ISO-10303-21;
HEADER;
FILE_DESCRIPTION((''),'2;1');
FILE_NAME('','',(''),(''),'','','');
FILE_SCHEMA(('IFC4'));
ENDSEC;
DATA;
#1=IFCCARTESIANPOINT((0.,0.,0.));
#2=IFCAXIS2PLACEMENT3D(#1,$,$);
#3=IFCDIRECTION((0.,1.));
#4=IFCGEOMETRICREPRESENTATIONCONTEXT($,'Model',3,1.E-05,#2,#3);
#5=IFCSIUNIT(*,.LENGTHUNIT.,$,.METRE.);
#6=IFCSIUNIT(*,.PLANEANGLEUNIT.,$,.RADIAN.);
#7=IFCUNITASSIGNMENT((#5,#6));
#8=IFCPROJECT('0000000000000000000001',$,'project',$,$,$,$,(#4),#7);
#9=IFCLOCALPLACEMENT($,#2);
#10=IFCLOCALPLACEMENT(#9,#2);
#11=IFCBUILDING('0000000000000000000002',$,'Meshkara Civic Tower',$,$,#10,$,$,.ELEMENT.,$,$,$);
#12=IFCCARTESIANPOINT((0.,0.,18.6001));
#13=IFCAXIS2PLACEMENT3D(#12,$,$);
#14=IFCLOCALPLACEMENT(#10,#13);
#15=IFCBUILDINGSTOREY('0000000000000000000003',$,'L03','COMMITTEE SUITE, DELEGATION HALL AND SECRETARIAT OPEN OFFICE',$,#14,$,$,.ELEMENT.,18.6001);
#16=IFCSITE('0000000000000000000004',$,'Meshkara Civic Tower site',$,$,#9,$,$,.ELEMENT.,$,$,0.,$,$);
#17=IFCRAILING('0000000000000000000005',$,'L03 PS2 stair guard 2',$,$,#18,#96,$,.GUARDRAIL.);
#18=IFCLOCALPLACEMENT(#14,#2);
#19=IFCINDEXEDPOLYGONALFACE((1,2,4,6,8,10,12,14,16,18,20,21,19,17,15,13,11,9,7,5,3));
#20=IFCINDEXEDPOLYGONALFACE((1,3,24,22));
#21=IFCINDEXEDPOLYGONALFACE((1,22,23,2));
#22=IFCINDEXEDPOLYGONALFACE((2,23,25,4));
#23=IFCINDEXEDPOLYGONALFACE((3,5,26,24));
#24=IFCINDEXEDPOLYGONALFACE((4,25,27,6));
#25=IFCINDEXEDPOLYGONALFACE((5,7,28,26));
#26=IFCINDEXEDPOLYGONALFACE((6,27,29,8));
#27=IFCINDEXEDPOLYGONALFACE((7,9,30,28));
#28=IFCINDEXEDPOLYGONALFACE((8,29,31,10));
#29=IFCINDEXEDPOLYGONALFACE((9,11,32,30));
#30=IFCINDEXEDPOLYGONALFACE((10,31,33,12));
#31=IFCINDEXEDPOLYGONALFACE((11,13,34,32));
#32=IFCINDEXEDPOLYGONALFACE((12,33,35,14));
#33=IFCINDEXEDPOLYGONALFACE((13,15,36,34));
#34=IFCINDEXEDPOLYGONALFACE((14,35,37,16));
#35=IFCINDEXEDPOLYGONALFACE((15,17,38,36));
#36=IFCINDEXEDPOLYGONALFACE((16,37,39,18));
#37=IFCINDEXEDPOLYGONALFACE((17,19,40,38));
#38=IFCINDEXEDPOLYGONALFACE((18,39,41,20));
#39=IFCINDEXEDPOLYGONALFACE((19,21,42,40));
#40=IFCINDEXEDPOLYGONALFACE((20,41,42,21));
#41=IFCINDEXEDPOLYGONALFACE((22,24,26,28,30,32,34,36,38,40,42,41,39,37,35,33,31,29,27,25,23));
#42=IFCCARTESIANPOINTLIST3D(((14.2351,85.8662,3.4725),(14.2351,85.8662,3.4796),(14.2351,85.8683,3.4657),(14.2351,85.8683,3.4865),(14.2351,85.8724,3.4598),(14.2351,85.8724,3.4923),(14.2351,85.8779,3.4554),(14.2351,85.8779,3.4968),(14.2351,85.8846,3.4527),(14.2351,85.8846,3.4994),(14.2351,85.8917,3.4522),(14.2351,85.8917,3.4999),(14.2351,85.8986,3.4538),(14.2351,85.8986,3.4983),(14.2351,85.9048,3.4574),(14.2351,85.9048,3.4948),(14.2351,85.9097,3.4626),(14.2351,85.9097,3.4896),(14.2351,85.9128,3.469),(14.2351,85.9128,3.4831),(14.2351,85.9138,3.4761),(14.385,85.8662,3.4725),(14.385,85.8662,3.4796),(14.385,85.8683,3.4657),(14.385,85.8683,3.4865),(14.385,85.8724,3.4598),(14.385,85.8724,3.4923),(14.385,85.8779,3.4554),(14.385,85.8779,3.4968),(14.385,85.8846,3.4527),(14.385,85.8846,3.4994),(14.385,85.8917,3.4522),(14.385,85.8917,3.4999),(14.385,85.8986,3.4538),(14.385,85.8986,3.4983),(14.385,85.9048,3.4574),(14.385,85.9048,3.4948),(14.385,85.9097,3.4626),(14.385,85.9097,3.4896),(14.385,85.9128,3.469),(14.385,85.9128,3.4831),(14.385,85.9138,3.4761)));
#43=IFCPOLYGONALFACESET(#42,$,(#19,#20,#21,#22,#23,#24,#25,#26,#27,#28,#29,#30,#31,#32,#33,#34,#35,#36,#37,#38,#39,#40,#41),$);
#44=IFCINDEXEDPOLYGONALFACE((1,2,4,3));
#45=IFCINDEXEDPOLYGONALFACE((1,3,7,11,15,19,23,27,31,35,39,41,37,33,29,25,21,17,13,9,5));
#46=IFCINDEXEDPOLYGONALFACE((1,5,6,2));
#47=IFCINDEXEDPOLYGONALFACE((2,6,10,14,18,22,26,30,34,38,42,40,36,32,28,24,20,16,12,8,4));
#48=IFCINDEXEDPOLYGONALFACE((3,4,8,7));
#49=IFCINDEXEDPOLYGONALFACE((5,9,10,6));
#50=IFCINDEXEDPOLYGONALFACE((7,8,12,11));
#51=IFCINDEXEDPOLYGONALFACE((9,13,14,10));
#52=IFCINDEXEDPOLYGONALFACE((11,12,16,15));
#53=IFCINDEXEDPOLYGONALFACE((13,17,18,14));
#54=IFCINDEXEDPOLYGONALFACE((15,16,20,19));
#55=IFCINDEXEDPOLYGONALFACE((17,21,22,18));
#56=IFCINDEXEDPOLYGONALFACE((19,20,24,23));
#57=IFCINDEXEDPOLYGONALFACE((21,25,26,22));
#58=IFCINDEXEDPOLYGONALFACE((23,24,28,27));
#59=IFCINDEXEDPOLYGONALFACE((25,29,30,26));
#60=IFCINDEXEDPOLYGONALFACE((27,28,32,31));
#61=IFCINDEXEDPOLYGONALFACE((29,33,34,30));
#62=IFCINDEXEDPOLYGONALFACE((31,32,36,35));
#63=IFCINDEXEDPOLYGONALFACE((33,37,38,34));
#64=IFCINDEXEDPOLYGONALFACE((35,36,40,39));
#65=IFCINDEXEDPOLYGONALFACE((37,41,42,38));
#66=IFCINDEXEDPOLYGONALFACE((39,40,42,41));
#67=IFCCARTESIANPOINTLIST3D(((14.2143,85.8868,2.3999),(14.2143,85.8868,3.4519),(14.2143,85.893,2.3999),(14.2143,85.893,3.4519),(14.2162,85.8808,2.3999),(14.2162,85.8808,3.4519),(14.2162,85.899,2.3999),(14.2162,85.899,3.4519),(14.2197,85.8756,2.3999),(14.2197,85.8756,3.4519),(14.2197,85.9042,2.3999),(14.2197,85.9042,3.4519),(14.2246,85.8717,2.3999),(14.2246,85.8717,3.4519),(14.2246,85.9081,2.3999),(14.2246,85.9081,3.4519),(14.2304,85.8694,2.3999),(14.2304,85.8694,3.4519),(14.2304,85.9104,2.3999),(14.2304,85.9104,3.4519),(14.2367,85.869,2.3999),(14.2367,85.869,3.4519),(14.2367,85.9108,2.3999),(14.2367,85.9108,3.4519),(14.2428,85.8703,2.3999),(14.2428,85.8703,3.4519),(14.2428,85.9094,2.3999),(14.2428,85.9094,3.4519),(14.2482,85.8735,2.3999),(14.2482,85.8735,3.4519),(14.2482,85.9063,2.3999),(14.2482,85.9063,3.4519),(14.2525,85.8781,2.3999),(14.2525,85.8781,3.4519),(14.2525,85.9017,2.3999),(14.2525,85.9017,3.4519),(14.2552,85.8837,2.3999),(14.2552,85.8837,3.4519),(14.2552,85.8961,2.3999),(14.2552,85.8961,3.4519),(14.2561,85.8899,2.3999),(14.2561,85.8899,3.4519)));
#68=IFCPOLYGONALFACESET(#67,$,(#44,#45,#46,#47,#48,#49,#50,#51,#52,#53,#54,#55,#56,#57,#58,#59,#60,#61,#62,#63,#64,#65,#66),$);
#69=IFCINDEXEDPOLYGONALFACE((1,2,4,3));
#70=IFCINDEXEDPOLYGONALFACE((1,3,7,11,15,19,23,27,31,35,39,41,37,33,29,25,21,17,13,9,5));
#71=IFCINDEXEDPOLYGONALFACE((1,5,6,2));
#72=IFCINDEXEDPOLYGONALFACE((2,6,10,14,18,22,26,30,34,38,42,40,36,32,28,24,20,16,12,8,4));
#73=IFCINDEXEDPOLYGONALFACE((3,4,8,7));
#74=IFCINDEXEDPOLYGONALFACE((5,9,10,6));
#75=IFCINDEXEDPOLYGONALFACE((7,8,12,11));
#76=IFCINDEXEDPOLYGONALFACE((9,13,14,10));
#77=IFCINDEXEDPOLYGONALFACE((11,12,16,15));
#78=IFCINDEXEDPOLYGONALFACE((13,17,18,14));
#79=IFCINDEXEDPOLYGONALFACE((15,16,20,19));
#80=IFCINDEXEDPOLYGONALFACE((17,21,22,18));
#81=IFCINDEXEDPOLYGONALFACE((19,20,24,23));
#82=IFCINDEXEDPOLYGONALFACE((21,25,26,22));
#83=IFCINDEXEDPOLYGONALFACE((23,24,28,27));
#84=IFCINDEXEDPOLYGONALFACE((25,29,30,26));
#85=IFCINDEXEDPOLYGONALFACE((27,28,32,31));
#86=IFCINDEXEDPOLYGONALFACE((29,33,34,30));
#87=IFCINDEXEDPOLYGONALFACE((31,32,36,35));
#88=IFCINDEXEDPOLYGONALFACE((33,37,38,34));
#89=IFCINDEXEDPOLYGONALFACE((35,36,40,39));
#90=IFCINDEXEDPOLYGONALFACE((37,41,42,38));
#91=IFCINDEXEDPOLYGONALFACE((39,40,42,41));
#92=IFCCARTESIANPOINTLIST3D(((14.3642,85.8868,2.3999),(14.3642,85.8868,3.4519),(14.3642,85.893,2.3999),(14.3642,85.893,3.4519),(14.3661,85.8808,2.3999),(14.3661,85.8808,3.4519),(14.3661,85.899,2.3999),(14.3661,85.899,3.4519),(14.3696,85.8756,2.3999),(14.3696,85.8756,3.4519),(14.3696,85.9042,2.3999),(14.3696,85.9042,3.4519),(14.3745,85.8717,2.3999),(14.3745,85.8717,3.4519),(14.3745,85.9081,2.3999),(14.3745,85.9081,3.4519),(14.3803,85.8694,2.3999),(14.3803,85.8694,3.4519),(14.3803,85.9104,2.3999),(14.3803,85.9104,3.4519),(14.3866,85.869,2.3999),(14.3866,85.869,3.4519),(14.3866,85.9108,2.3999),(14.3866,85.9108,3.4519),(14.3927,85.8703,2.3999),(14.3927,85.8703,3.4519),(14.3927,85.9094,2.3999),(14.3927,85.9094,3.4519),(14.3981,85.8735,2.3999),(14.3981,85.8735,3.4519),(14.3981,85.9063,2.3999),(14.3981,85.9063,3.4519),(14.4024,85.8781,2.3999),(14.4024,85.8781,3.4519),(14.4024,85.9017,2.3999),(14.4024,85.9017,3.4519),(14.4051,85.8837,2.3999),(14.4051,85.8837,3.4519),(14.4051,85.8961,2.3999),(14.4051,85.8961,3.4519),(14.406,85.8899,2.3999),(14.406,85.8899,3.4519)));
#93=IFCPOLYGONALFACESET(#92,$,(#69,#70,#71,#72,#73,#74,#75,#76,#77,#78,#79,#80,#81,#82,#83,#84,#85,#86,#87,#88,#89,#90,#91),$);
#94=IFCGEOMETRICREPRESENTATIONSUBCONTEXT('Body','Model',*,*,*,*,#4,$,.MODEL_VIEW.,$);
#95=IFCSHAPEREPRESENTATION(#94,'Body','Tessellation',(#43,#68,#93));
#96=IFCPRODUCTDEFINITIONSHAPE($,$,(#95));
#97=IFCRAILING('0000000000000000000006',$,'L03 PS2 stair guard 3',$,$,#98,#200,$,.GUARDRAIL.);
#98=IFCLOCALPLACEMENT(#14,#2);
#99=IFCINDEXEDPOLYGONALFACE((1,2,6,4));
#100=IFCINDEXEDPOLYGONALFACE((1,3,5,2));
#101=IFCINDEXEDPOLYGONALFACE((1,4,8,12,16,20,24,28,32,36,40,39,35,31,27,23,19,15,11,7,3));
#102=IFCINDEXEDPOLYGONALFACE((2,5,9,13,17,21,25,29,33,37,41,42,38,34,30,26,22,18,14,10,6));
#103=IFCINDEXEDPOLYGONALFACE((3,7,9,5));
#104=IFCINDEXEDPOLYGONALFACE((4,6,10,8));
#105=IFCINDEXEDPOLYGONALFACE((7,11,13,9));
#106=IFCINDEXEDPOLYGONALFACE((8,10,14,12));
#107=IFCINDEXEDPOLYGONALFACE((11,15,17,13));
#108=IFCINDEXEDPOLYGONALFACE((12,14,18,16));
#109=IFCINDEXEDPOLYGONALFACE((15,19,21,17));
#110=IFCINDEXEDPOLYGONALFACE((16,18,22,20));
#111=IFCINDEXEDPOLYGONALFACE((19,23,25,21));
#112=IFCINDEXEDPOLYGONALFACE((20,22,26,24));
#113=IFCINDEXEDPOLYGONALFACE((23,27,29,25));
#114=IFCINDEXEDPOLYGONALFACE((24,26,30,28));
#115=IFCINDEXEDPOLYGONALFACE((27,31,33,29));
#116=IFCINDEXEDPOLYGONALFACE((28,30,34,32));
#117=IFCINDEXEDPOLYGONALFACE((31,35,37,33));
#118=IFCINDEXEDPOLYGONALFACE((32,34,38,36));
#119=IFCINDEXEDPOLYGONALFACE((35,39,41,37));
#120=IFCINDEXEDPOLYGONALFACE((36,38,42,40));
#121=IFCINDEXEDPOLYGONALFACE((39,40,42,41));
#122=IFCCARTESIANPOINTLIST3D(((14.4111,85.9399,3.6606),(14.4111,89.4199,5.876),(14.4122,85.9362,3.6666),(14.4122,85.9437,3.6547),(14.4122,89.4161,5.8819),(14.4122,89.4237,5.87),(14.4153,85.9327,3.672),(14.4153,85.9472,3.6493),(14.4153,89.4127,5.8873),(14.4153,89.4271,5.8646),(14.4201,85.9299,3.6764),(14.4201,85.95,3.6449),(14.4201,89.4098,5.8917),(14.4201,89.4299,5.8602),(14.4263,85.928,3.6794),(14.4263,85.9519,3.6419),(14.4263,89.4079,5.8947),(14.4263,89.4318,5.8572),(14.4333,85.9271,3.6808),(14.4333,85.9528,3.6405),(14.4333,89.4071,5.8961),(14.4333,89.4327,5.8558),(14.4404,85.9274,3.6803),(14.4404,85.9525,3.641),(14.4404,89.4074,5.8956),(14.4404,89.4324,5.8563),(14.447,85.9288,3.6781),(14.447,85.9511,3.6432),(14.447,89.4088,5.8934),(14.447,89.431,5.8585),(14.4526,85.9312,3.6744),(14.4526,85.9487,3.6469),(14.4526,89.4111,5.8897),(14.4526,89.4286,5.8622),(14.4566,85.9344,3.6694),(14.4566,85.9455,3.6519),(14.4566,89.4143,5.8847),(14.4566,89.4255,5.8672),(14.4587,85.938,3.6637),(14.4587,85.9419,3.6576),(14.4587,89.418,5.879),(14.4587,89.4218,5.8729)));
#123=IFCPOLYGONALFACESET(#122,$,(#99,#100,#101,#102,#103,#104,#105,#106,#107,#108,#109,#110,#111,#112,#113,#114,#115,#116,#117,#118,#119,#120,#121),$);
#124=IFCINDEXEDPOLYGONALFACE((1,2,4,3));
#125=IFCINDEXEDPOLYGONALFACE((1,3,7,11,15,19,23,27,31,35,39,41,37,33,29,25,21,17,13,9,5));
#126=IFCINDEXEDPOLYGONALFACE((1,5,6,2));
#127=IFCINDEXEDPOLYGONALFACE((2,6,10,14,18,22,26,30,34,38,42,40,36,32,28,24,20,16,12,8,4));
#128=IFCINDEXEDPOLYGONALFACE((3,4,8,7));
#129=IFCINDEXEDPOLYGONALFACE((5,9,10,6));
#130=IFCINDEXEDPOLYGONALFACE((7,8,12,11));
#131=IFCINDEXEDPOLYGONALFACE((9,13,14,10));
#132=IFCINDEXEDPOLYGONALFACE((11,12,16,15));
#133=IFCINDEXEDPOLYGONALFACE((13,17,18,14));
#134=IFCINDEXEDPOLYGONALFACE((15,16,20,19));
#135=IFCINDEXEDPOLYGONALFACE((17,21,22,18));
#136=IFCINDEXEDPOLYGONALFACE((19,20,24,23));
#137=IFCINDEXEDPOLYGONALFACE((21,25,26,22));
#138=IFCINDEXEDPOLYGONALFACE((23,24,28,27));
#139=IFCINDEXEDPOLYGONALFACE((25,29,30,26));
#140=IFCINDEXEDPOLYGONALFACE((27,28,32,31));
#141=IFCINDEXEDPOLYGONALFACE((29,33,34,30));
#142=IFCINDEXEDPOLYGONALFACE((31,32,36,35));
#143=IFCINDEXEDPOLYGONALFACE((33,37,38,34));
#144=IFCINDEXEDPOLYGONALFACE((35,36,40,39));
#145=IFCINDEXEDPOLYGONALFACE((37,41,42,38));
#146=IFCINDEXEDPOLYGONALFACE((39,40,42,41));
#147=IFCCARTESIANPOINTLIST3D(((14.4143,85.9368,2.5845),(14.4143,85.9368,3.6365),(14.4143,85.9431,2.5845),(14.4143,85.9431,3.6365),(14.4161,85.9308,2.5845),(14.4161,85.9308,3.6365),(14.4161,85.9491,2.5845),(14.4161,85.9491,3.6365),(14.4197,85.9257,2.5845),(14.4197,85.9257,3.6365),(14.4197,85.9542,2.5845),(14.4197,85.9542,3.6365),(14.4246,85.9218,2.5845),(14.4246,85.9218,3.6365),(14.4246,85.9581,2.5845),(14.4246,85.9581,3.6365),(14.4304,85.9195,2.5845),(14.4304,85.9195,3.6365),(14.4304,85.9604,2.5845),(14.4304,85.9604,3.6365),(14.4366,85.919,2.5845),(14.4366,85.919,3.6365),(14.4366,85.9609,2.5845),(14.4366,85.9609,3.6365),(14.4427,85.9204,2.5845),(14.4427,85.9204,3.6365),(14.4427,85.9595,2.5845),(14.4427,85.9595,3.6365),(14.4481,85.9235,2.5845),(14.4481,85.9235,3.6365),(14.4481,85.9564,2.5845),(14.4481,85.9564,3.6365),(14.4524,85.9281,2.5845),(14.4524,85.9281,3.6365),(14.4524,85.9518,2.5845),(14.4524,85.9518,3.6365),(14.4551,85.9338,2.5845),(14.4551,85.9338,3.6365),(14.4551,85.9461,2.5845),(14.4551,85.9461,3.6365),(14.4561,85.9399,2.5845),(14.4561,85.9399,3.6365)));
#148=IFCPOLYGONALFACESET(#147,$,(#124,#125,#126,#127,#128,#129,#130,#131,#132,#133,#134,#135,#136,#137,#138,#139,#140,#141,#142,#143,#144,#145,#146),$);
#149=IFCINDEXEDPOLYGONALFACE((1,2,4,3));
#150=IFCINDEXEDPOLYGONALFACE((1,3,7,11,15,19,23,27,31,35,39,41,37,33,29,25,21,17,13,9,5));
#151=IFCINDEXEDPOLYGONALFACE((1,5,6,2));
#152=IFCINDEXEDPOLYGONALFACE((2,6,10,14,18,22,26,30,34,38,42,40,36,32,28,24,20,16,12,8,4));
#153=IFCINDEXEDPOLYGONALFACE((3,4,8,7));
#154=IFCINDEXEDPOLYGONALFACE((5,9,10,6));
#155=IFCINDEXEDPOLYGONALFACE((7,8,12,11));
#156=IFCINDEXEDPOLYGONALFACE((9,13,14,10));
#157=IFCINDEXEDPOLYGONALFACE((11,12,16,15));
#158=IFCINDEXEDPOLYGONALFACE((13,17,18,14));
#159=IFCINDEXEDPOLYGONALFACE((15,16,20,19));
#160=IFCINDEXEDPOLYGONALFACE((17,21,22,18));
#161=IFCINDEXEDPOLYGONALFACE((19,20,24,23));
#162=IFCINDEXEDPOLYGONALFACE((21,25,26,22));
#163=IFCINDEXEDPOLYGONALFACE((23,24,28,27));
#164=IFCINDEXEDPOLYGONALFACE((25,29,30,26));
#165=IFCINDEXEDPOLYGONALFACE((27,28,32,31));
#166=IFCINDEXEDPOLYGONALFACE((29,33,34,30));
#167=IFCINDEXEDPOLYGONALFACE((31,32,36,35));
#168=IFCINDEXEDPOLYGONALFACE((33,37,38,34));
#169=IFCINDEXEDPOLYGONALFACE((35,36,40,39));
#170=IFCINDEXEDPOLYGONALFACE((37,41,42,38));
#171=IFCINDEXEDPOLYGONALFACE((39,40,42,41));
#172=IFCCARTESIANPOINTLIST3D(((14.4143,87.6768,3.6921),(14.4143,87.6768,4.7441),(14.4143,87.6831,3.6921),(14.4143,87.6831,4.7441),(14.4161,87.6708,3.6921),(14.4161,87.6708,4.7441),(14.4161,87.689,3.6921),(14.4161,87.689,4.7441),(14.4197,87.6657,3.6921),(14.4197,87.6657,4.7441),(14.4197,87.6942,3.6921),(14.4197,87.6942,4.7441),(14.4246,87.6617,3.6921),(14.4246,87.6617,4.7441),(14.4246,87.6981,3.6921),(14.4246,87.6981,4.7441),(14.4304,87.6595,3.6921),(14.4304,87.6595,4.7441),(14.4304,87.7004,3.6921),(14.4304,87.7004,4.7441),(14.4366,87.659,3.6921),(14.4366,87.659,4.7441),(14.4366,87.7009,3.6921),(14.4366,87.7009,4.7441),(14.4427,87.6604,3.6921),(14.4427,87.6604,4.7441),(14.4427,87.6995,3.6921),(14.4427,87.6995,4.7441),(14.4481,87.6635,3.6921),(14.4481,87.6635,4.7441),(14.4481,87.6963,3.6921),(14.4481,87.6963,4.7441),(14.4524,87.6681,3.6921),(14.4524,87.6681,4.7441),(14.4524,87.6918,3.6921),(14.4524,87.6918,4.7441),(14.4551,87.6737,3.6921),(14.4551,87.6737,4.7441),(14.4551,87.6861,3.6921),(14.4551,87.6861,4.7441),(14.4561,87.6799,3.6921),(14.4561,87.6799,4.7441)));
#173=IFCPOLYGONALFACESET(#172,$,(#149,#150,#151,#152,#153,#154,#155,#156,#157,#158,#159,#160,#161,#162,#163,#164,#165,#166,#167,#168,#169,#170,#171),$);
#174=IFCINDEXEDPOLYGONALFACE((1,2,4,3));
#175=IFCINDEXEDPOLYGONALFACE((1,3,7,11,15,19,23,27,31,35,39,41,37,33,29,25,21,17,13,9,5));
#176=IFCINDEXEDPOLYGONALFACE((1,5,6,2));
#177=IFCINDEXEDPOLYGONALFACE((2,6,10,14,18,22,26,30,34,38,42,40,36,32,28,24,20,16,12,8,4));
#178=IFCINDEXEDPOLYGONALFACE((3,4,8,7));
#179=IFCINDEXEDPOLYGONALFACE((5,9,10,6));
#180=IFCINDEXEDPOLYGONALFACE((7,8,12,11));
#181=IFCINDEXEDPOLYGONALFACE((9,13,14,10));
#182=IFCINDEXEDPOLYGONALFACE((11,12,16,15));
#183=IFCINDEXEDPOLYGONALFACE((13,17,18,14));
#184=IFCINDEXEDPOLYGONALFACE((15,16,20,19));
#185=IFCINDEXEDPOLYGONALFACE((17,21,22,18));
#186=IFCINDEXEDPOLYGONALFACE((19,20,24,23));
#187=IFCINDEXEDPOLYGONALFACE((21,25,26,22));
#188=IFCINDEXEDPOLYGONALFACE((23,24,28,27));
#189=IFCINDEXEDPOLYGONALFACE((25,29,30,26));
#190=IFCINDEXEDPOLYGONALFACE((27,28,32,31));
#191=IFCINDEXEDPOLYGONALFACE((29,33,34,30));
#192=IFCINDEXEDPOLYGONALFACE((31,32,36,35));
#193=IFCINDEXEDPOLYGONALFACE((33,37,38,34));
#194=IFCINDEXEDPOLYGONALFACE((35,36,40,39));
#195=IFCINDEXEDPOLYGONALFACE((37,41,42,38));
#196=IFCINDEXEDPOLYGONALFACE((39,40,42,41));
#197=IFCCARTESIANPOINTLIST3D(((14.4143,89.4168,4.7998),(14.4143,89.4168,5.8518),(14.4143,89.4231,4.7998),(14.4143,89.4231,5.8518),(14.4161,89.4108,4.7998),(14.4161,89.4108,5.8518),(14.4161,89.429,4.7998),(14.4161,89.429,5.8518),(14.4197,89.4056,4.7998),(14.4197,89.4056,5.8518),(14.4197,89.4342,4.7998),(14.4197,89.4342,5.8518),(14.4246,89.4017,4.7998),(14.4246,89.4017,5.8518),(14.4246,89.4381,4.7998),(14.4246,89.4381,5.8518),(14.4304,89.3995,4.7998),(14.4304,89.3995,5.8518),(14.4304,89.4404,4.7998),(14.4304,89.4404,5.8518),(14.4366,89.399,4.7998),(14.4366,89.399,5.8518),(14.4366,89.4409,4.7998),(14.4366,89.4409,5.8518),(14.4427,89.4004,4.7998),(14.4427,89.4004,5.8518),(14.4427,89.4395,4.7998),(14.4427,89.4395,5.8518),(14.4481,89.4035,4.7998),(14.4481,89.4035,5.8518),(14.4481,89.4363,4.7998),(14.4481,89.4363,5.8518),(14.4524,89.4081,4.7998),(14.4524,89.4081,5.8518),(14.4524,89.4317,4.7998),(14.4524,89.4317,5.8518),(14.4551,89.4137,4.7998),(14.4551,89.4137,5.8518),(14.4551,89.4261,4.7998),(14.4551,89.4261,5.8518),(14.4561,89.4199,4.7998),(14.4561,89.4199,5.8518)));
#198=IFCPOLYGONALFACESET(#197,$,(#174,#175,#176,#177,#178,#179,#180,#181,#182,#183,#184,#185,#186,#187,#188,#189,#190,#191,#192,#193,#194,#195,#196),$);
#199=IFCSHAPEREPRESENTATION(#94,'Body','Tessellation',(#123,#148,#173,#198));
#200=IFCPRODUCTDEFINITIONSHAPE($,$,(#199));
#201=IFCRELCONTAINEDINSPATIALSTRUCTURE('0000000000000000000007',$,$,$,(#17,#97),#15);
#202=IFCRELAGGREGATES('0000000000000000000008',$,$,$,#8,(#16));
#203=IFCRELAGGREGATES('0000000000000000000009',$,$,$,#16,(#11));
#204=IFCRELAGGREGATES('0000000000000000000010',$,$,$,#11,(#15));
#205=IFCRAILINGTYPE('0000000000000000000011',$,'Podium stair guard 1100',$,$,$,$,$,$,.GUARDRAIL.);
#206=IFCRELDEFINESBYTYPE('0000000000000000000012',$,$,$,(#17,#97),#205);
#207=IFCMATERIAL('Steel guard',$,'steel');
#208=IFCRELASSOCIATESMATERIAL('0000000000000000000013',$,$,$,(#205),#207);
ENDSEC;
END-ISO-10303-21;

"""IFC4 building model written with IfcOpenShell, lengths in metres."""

from ifc_helpers import new_model, si_unit, direction, frame, origin, origin_2d, place, context, subcontext, project, spatial, circle, extrude, material, type_object, element, save


model = new_model("IFC4")

# Units and contexts
model_context = context("Model", 3, precision=1e-05, world=origin(), true_north=direction((0.0, 1.0)))
body_context = subcontext(model_context, "Body", "Model", "MODEL_VIEW")
ifc_project = project(units=[si_unit("LENGTHUNIT", "METRE"), si_unit("PLANEANGLEUNIT", "RADIAN")], contexts=[model_context])

# Site, building, storey
site_placement = place(None, origin())
site = spatial("IfcSite", under=ifc_project, at=site_placement, Name="Meshkara Civic Tower site", CompositionType="ELEMENT", RefElevation=0.0)
building_placement = place(site_placement, origin())
building = spatial("IfcBuilding", under=site, at=building_placement, Name="Meshkara Civic Tower", CompositionType="ELEMENT")
storey_placement = place(building_placement, frame((0.0, 0.0, 18.6001)))
storey = spatial("IfcBuildingStorey", under=building, at=storey_placement, Name="L03", Description="COMMITTEE SUITE, DELEGATION HALL AND SECRETARIAT OPEN OFFICE", CompositionType="ELEMENT", Elevation=18.6001)

# Railings
ifc_material_1 = material(Name="Steel guard", Category="steel")
railing_type_1 = type_object("IfcRailingType", Name="Podium stair guard 1100", PredefinedType="GUARDRAIL", material=ifc_material_1)
railing_1_placement = place(storey_placement, frame((14.2351, 85.8899, 2.3999)))
element("IfcRailing", 1, at=railing_1_placement, inside=storey, type_object=railing_type_1, Name="L03 PS2 stair guard 2", PredefinedType="GUARDRAIL", context=body_context, shape_type="SweptSolid", body=[
    extrude(circle(Radius=0.0239, at=origin_2d()), frame((0.0, 0.0, 1.0762), z_axis=(1.0, 0.0, 0.0), x_axis=(0.0, 1.0, 0.0)), (0.0, 0.0, 1.0), 0.1499),
    extrude(circle(Radius=0.021, at=origin_2d()), origin(), (0.0, 0.0, 1.0), 1.052),
    extrude(circle(Radius=0.021, at=origin_2d()), frame((0.1499, 0.0, 0.0)), (0.0, 0.0, 1.0), 1.052),
])
railing_2_placement = place(storey_placement, frame((14.4351, 85.9399, 2.5845)))
element("IfcRailing", 2, at=railing_2_placement, inside=storey, type_object=railing_type_1, Name="L03 PS2 stair guard 3", PredefinedType="GUARDRAIL", context=body_context, shape_type="SweptSolid", body=[
    extrude(circle(Radius=0.0239, at=origin_2d()), frame((0.0, 0.0, 1.0762), z_axis=(0.0, 0.843574, 0.537013), x_axis=(-1.0, 0.0, 0.0)), (0.0, 0.0, 1.0), 4.1252),
    extrude(circle(Radius=0.021, at=origin_2d()), origin(), (0.0, 0.0, 1.0), 1.052),
    extrude(circle(Radius=0.021, at=origin_2d()), frame((0.0, 1.74, 1.1077)), (0.0, 0.0, 1.0), 1.052),
    extrude(circle(Radius=0.021, at=origin_2d()), frame((0.0, 3.48, 2.2153)), (0.0, 0.0, 1.0), 1.052),
])

save(model, "model.ifc")
